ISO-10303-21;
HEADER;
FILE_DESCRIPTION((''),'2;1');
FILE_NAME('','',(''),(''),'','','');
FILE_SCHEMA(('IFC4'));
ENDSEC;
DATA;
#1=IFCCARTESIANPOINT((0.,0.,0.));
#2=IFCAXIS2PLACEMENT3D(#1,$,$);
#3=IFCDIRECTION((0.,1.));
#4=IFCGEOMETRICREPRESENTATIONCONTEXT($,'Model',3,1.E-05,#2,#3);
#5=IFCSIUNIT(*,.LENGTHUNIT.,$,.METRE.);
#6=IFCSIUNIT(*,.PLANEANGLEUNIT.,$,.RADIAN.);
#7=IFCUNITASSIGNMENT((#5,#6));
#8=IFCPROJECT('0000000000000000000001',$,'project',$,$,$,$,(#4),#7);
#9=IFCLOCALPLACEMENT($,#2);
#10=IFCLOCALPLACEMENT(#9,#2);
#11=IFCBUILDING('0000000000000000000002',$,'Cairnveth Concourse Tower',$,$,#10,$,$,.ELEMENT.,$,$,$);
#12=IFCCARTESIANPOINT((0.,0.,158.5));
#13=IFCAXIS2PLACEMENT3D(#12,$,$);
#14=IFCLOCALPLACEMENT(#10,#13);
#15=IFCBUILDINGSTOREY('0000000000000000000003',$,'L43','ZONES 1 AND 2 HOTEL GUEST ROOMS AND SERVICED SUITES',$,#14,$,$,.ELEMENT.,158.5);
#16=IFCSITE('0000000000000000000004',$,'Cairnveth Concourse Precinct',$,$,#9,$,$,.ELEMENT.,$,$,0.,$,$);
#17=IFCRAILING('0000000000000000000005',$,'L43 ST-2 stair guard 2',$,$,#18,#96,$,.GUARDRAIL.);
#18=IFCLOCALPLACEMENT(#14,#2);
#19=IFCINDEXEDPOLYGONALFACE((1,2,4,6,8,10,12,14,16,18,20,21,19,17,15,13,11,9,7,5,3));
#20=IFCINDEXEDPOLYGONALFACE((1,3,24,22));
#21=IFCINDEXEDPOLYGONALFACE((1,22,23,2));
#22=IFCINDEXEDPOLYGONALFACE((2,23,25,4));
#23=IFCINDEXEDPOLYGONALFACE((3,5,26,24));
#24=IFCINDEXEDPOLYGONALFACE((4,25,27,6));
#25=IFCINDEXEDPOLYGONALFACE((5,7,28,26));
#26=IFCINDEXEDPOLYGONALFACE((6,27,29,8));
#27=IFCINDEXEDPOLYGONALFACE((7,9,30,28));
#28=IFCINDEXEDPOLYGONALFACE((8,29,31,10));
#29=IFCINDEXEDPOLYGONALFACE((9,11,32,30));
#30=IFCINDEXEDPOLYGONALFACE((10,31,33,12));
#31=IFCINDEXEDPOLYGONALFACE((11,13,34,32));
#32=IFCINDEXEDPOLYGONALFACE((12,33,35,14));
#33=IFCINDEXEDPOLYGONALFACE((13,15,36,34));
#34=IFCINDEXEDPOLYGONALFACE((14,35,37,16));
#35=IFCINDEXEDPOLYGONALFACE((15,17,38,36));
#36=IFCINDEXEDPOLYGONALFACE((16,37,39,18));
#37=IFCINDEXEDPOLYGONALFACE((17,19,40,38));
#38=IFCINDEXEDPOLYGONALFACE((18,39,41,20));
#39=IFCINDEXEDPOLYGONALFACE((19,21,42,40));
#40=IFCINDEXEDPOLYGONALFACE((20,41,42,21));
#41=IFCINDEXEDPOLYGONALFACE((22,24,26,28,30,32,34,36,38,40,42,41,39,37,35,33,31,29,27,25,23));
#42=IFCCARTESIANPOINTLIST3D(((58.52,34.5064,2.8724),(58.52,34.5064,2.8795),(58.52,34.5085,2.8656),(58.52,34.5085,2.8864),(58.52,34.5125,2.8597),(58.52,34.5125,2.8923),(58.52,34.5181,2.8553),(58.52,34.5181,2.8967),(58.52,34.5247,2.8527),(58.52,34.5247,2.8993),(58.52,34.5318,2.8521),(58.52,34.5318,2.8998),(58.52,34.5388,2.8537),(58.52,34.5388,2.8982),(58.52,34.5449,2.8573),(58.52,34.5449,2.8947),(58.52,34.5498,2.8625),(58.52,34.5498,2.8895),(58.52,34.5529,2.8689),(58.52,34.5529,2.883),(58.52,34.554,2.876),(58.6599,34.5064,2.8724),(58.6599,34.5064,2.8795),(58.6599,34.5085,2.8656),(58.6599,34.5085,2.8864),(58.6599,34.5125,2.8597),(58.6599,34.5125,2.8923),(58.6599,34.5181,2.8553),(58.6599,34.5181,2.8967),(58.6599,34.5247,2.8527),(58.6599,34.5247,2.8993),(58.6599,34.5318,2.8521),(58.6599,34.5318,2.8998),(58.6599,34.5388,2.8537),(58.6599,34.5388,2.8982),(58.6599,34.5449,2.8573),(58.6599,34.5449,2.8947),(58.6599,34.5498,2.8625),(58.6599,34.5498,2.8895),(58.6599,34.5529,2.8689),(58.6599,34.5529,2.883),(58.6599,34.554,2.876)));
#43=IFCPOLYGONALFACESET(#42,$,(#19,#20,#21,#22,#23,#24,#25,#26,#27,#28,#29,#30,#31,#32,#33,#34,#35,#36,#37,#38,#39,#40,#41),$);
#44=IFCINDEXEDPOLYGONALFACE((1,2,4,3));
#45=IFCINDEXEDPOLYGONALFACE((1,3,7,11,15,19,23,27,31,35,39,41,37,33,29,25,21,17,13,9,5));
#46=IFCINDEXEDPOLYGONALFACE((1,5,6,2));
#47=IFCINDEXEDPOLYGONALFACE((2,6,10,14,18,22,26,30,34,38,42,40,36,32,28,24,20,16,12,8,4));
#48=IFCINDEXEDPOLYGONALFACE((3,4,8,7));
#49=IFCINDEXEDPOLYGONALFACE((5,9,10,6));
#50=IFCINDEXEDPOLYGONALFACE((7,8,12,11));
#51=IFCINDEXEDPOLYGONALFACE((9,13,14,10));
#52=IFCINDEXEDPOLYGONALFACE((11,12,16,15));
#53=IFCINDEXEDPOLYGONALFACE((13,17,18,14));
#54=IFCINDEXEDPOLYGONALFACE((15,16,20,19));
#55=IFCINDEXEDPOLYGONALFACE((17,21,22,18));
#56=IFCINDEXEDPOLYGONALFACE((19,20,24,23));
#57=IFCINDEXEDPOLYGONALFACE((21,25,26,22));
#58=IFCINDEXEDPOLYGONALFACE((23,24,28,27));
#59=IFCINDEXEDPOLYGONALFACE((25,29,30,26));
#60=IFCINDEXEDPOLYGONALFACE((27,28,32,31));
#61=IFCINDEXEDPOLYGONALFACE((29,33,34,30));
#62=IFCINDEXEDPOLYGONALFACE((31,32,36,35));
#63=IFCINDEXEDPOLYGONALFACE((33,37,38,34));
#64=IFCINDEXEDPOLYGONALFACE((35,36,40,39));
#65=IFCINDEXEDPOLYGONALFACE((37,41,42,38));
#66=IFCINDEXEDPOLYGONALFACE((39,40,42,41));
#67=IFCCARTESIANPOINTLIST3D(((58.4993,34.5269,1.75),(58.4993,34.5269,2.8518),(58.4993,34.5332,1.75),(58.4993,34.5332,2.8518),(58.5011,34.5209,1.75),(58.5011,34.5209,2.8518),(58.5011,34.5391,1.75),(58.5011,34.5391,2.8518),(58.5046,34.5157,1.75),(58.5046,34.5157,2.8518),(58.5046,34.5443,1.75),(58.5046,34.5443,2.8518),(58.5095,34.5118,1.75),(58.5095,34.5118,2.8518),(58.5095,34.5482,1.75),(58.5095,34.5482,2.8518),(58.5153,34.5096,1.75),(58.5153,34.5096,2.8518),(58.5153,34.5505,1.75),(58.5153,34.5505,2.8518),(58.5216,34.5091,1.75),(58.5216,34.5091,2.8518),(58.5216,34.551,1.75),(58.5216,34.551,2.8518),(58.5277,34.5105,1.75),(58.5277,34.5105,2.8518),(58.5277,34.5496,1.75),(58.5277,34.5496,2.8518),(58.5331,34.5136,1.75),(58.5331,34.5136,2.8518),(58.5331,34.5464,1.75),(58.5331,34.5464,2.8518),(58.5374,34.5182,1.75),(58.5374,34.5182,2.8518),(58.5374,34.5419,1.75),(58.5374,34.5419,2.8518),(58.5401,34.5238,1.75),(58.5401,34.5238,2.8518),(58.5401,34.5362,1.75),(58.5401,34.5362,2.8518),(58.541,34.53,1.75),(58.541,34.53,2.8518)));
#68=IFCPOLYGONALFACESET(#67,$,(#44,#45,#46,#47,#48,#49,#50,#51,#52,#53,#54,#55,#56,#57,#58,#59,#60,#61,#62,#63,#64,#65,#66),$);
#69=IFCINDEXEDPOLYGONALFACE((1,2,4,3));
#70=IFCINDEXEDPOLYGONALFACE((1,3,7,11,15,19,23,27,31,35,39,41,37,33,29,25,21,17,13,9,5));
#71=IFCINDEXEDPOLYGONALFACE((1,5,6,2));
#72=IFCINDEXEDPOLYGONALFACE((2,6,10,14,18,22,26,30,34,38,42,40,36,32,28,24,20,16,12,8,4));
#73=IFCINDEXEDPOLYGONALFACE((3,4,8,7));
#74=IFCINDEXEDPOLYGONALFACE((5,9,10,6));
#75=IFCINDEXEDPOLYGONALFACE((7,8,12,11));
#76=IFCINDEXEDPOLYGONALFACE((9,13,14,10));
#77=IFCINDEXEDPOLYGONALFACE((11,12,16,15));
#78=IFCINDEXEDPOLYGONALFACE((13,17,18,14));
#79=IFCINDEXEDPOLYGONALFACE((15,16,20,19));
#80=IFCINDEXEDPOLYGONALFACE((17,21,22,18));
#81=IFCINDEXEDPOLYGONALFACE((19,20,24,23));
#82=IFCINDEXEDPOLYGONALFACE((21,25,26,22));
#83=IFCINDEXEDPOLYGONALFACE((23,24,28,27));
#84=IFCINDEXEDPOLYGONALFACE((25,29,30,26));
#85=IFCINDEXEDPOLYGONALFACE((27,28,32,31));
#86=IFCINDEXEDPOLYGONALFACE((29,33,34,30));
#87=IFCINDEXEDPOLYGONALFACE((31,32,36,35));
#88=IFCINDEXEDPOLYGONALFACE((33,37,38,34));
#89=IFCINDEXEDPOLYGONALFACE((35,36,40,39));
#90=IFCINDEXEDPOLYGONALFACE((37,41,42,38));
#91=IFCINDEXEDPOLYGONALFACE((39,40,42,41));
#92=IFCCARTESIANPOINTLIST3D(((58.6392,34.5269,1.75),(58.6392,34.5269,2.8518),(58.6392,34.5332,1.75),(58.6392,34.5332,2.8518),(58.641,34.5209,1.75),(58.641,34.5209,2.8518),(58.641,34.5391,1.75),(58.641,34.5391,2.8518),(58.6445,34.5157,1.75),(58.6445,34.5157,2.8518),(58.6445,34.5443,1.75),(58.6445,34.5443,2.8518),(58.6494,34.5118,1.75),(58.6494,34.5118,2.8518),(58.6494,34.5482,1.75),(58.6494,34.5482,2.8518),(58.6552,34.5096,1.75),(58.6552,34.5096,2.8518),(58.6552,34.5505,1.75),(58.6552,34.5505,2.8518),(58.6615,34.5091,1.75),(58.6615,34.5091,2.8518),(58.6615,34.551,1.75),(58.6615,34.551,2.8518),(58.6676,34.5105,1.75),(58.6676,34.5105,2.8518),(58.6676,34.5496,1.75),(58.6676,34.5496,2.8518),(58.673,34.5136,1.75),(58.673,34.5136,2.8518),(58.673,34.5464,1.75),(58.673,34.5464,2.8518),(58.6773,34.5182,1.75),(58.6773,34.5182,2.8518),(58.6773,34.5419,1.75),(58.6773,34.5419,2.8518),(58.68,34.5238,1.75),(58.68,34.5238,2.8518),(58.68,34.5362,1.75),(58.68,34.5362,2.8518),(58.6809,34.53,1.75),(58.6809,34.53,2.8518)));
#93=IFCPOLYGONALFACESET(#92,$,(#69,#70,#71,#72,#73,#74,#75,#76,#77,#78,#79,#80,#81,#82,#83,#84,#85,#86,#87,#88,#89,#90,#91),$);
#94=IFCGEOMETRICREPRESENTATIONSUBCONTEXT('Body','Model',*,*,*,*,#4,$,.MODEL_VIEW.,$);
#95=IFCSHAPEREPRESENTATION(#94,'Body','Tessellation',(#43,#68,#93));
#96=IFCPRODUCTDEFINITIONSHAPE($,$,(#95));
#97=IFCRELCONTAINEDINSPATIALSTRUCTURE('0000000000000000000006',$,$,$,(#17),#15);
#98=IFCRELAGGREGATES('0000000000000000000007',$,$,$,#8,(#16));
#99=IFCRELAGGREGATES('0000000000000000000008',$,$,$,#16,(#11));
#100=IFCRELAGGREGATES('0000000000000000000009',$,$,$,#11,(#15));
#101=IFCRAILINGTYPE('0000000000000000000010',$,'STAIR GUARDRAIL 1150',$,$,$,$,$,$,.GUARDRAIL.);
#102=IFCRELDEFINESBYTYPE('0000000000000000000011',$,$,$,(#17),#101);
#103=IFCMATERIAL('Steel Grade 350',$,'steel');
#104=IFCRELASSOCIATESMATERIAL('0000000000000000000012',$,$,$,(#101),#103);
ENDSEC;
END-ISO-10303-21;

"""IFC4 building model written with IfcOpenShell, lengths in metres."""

from ifc_helpers import new_model, si_unit, direction, frame, origin, origin_2d, place, context, subcontext, project, spatial, circle, extrude, material, type_object, element, save


model = new_model("IFC4")

# Units and contexts
model_context = context("Model", 3, precision=1e-05, world=origin(), true_north=direction((0.0, 1.0)))
body_context = subcontext(model_context, "Body", "Model", "MODEL_VIEW")
ifc_project = project(units=[si_unit("LENGTHUNIT", "METRE"), si_unit("PLANEANGLEUNIT", "RADIAN")], contexts=[model_context])

# Site, building, storey
site_placement = place(None, origin())
site = spatial("IfcSite", under=ifc_project, at=site_placement, Name="Cairnveth Concourse Precinct", CompositionType="ELEMENT", RefElevation=0.0)
building_placement = place(site_placement, origin())
building = spatial("IfcBuilding", under=site, at=building_placement, Name="Cairnveth Concourse Tower", CompositionType="ELEMENT")
storey_placement = place(building_placement, frame((0.0, 0.0, 158.5)))
storey = spatial("IfcBuildingStorey", under=building, at=storey_placement, Name="L43", Description="ZONES 1 AND 2 HOTEL GUEST ROOMS AND SERVICED SUITES", CompositionType="ELEMENT", Elevation=158.5)

# Shared definitions
ifc_material_1 = material(Name="Steel Grade 350", Category="steel")

# Railing
railing_type_1 = type_object("IfcRailingType", Name="STAIR GUARDRAIL 1150", PredefinedType="GUARDRAIL", material=ifc_material_1)
railing_1_placement = place(storey_placement, frame((58.52, 34.53, 1.75)))
element("IfcRailing", 1, at=railing_1_placement, inside=storey, type_object=railing_type_1, Name="L43 ST-2 stair guard 2", PredefinedType="GUARDRAIL", context=body_context, shape_type="SweptSolid", body=[
    extrude(circle(Radius=0.0239, at=origin_2d()), frame((0.0, 0.0, 1.126), z_axis=(1.0, 0.0, 0.0), x_axis=(0.0, 1.0, 0.0)), (0.0, 0.0, 1.0), 0.1399),
    extrude(circle(Radius=0.021, at=origin_2d()), origin(), (0.0, 0.0, 1.0), 1.1018),
    extrude(circle(Radius=0.021, at=origin_2d()), frame((0.1399, 0.0, 0.0)), (0.0, 0.0, 1.0), 1.1018),
])

save(model, "model.ifc")
